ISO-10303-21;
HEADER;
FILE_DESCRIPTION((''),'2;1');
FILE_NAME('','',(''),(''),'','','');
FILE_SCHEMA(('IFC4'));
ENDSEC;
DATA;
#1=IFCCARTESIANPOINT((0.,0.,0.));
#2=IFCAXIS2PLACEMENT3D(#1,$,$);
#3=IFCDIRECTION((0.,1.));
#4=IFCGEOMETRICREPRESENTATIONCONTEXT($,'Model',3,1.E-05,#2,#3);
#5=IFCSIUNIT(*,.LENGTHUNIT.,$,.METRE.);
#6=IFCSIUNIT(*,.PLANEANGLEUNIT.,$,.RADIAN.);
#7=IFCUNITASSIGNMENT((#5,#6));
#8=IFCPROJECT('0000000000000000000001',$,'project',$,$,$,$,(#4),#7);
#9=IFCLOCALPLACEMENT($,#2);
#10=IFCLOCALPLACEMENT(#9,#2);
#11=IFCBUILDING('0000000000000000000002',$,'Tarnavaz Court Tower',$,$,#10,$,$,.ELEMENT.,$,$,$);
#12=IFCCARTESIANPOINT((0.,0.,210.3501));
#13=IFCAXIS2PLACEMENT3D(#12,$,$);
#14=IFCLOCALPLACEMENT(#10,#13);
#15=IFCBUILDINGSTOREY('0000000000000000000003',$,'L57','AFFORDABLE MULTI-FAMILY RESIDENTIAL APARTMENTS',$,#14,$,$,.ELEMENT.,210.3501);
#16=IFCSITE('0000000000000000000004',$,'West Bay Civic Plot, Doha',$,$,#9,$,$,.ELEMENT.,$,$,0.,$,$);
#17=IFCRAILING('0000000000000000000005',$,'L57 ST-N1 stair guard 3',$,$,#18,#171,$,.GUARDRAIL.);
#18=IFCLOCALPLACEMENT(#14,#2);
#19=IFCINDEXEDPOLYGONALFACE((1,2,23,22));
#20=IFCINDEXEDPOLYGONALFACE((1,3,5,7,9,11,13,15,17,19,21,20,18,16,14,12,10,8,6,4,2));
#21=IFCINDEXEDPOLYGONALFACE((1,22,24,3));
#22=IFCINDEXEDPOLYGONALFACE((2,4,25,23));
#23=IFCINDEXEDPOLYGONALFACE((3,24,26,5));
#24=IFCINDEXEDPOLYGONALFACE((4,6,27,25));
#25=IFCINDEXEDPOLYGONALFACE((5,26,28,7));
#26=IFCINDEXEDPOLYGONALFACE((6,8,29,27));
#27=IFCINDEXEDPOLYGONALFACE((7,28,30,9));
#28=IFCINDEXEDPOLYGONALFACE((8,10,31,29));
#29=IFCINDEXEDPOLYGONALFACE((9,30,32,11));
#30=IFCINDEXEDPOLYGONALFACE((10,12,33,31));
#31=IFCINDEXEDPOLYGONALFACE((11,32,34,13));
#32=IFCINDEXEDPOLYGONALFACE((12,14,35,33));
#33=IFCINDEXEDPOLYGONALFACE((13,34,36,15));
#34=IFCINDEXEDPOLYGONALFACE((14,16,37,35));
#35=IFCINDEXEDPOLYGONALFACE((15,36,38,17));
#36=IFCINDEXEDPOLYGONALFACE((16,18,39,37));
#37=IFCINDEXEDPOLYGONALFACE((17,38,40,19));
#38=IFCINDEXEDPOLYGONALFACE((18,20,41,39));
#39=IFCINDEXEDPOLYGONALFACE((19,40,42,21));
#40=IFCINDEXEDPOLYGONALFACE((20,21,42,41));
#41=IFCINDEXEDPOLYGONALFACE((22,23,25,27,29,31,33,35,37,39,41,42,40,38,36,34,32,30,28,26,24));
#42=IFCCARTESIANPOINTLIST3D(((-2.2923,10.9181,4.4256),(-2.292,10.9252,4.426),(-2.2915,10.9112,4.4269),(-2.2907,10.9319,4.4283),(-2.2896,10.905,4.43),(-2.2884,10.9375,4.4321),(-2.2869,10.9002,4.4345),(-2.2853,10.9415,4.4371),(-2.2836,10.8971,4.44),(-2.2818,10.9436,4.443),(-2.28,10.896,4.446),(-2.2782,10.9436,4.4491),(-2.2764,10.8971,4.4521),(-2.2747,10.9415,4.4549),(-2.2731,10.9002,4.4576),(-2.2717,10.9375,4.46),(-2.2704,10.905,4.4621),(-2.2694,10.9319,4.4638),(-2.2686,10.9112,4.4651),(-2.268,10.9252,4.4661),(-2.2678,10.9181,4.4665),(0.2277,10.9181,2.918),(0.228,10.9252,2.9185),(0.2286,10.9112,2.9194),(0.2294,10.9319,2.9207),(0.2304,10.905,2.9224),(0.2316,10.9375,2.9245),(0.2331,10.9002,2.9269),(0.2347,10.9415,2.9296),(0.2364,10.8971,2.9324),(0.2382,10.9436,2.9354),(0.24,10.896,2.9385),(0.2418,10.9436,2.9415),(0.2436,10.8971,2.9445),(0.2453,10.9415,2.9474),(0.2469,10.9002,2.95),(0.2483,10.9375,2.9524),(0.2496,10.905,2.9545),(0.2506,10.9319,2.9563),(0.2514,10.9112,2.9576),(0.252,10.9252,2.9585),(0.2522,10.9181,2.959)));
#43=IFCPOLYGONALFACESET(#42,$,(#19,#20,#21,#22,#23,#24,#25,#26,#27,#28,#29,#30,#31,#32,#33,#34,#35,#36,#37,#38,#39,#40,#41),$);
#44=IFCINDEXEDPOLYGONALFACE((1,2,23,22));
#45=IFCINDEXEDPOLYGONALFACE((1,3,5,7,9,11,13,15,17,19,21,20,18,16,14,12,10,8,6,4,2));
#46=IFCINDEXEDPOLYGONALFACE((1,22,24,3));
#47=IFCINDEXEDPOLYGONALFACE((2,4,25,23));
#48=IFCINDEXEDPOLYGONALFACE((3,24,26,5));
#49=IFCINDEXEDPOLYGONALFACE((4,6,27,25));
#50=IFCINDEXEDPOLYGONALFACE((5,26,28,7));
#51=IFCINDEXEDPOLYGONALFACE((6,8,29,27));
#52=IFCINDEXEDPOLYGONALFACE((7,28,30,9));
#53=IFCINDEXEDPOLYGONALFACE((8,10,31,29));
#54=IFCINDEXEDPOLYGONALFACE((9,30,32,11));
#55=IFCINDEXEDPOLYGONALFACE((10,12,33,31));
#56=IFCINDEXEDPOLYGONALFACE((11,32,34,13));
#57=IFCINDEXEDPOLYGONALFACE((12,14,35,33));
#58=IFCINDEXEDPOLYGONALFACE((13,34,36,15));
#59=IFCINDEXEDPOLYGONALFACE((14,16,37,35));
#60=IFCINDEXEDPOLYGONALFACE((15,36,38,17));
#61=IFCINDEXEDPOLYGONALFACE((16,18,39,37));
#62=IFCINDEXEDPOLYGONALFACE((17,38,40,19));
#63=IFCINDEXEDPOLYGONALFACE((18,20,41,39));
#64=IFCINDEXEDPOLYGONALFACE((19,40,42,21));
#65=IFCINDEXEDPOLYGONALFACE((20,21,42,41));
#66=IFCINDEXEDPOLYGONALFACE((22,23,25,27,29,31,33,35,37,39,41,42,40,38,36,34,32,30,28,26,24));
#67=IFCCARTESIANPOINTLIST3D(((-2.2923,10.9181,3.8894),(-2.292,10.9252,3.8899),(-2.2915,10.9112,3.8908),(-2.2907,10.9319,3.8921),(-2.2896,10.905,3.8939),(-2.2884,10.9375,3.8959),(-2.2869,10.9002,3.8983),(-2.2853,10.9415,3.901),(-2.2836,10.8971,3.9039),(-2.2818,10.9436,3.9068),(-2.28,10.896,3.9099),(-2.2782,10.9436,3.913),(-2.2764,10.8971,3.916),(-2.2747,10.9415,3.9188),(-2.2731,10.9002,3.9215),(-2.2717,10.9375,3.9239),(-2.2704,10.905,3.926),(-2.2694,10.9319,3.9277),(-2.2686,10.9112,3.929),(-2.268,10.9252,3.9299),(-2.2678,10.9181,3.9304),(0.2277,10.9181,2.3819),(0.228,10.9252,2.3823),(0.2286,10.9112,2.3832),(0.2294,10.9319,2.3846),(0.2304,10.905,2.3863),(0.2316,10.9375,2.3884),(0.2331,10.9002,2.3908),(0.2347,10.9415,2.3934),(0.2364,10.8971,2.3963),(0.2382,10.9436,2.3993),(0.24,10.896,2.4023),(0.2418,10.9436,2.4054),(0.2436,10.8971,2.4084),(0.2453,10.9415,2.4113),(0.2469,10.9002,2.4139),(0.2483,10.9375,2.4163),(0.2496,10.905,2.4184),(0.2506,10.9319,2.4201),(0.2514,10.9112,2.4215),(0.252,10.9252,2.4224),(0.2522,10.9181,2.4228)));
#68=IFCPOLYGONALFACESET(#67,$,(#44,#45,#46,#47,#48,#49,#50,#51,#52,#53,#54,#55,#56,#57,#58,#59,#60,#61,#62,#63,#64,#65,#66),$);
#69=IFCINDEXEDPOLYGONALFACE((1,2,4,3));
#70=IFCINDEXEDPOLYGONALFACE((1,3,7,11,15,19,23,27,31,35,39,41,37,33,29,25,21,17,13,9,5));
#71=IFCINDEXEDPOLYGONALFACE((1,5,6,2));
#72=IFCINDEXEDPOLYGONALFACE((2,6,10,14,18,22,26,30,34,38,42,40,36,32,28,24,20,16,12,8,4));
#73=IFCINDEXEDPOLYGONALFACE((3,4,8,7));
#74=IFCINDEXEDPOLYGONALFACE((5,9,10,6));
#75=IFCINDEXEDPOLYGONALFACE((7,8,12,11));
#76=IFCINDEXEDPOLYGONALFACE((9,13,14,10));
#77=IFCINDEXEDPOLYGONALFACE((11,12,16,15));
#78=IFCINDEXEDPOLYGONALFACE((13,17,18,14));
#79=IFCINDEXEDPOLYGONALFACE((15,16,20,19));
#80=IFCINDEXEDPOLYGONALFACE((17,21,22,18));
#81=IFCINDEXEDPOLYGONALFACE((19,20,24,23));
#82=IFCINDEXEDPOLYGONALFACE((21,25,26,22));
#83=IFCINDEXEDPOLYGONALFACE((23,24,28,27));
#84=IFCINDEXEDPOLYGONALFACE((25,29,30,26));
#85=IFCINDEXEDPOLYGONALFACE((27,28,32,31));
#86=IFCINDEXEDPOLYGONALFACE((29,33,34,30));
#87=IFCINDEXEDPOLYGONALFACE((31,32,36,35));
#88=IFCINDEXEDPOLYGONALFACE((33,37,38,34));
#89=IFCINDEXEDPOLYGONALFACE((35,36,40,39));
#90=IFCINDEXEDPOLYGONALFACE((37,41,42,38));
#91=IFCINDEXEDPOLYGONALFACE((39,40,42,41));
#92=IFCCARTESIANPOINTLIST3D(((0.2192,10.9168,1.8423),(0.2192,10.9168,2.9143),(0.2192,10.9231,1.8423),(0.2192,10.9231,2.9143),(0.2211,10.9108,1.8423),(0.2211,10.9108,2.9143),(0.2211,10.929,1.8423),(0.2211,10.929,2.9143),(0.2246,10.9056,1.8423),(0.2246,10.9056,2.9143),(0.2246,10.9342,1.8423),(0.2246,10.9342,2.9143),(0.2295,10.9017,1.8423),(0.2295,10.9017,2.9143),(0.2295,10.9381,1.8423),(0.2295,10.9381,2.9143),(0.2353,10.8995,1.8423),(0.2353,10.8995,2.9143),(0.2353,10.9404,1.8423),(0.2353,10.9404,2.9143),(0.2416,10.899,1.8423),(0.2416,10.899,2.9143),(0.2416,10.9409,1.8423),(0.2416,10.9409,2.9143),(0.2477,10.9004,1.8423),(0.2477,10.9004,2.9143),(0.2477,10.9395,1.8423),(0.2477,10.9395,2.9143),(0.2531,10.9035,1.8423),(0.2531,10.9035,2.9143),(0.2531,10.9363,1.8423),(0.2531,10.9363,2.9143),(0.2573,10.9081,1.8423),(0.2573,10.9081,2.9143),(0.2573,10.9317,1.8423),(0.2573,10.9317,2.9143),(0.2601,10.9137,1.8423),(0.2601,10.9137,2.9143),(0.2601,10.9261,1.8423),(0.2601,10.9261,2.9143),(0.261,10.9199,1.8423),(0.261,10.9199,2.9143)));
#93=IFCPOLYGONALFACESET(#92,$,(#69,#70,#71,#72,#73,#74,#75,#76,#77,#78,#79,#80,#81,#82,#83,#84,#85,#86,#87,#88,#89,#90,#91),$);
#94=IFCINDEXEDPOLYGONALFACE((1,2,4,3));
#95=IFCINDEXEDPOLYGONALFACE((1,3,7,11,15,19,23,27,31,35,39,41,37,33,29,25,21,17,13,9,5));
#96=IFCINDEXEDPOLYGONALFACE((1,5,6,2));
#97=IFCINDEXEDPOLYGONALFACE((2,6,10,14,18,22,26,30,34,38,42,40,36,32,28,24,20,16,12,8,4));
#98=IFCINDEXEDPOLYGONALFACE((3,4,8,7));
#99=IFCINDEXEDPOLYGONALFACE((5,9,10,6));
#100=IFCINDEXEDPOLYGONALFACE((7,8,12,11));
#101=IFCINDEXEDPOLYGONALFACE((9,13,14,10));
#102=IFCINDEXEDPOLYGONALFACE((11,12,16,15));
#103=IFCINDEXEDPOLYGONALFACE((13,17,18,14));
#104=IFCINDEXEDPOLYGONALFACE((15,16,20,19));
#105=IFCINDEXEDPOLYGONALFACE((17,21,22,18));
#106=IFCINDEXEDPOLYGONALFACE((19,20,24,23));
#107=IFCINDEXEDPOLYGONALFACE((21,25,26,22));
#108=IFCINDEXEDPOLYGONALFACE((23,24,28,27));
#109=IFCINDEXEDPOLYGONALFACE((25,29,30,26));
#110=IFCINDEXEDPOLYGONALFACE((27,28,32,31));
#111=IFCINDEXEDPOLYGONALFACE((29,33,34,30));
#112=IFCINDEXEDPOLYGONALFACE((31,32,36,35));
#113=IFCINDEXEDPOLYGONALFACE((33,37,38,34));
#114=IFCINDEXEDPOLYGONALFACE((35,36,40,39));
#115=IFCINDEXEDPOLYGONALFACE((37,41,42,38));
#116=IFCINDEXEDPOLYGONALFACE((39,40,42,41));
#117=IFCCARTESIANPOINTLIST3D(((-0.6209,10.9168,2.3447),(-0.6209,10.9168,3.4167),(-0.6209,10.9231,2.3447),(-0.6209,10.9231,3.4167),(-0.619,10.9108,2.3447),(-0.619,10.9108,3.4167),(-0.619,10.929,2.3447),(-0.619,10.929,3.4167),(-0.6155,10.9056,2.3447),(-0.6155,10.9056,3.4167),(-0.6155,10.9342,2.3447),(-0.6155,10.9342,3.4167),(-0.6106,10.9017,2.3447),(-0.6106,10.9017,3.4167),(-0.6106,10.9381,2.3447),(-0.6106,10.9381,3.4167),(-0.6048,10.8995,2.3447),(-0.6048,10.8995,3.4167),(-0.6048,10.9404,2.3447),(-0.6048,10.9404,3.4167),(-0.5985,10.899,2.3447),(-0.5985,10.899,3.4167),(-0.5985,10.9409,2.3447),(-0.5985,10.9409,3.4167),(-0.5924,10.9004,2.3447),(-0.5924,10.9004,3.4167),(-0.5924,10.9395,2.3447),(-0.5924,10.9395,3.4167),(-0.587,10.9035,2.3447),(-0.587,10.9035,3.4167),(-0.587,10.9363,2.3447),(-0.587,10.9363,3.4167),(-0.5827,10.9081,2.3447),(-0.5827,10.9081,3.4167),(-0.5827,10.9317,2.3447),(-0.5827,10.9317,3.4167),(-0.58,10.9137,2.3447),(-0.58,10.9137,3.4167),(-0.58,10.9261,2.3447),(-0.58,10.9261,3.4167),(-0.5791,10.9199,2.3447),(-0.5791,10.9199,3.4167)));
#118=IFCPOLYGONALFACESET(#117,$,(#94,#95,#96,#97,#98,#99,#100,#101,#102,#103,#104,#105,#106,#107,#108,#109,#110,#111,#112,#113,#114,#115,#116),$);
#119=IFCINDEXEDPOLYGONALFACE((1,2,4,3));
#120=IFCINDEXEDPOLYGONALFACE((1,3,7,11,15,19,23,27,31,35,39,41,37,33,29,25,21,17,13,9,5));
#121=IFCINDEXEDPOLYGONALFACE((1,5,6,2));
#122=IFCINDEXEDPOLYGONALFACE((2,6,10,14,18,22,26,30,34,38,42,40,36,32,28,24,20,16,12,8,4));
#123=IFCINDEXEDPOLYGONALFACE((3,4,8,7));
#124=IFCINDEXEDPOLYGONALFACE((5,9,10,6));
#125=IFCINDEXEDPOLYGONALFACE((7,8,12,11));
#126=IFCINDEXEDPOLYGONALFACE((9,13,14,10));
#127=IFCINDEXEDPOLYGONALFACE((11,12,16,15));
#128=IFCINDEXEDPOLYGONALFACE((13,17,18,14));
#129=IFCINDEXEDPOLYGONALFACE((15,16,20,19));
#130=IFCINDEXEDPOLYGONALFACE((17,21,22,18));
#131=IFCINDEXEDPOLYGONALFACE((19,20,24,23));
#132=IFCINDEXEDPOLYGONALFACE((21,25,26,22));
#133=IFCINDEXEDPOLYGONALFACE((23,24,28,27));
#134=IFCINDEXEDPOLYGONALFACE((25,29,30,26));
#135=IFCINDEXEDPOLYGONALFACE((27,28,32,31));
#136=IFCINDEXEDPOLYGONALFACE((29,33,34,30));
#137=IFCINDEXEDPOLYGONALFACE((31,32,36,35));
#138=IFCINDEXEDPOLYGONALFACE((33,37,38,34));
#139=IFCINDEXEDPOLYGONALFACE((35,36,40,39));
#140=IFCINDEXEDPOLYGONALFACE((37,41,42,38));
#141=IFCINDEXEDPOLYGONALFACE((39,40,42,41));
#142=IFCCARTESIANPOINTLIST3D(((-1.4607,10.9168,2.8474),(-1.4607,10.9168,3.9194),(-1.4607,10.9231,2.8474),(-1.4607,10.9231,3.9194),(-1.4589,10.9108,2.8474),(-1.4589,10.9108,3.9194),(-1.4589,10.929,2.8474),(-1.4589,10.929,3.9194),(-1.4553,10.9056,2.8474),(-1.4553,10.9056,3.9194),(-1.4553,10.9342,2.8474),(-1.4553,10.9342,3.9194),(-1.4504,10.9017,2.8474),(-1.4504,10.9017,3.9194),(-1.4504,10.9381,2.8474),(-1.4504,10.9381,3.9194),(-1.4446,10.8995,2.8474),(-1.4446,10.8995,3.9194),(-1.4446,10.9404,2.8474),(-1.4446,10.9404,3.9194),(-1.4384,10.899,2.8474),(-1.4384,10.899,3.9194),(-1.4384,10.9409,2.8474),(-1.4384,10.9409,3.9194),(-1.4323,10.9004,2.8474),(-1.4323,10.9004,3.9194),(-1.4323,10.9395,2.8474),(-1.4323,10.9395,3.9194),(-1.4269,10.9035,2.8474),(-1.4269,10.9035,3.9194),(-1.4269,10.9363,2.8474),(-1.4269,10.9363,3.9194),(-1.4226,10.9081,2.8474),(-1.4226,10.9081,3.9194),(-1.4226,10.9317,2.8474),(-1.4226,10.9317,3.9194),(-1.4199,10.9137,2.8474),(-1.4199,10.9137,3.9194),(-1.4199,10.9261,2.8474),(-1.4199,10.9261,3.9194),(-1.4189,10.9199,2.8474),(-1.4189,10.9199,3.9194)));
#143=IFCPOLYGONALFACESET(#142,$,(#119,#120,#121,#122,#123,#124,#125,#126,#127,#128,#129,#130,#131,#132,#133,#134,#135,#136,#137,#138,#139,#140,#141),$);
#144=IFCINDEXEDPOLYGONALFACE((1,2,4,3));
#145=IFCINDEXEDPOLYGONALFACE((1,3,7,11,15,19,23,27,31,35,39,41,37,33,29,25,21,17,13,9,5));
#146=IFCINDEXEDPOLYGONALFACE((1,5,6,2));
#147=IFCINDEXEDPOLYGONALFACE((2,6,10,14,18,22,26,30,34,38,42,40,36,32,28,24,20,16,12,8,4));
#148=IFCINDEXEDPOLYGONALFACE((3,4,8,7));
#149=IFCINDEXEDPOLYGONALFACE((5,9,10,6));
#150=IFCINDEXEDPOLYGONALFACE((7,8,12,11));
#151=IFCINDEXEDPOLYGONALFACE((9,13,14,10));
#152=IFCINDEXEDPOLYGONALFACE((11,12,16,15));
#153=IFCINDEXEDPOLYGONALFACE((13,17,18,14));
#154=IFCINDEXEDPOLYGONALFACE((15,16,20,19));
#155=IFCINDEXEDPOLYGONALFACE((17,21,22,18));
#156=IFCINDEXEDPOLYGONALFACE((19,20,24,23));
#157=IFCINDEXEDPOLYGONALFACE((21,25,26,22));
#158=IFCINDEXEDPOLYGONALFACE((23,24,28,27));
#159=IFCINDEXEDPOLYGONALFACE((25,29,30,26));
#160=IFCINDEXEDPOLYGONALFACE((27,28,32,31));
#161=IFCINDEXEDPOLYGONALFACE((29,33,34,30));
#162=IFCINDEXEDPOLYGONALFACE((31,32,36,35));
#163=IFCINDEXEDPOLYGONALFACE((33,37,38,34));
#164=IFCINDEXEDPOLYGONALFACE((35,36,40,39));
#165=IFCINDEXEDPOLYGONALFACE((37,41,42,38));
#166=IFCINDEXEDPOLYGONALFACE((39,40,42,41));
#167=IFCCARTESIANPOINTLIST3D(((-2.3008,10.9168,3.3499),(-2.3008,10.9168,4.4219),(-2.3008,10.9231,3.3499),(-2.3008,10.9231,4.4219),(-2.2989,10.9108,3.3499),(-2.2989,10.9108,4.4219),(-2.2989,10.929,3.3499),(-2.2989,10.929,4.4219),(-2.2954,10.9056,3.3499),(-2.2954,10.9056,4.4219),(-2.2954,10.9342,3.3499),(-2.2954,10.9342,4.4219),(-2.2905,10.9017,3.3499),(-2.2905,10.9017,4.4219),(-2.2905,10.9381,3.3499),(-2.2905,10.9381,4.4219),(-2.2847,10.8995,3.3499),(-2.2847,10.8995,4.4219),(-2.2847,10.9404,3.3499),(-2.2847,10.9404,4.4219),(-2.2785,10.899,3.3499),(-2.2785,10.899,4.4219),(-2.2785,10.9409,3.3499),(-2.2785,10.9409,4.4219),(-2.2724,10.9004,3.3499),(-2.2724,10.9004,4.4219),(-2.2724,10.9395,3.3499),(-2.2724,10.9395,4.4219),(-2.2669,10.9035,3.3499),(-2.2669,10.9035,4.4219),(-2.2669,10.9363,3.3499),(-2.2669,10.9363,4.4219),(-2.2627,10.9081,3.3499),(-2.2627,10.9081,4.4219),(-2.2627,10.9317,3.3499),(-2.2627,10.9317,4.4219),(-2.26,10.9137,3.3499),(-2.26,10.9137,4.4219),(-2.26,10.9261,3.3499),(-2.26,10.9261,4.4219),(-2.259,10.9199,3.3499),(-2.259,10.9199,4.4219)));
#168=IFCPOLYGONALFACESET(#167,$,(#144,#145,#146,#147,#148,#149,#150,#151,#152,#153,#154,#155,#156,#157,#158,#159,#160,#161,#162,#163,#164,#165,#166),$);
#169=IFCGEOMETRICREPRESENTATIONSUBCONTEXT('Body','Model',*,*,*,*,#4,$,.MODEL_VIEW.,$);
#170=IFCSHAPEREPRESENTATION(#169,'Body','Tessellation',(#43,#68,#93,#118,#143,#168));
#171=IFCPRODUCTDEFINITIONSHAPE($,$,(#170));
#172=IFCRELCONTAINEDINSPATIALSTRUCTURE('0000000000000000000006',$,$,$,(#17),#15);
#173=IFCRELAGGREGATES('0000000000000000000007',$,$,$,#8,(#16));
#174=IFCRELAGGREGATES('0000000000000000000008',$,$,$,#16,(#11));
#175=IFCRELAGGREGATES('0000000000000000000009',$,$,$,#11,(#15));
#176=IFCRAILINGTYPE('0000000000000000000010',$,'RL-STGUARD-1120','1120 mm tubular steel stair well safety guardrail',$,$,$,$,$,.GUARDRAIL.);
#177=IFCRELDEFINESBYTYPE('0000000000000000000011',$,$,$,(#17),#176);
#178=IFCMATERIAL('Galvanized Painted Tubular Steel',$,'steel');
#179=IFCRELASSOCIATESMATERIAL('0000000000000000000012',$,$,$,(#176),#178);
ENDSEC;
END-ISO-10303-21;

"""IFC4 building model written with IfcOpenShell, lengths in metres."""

from ifc_helpers import new_model, si_unit, direction, frame, origin, origin_2d, place, context, subcontext, project, spatial, circle, extrude, material, type_object, element, save


model = new_model("IFC4")

# Units and contexts
model_context = context("Model", 3, precision=1e-05, world=origin(), true_north=direction((0.0, 1.0)))
body_context = subcontext(model_context, "Body", "Model", "MODEL_VIEW")
ifc_project = project(units=[si_unit("LENGTHUNIT", "METRE"), si_unit("PLANEANGLEUNIT", "RADIAN")], contexts=[model_context])

# Site, building, storey
site_placement = place(None, origin())
site = spatial("IfcSite", under=ifc_project, at=site_placement, Name="West Bay Civic Plot, Doha", CompositionType="ELEMENT", RefElevation=0.0)
building_placement = place(site_placement, origin())
building = spatial("IfcBuilding", under=site, at=building_placement, Name="Tarnavaz Court Tower", CompositionType="ELEMENT")
storey_placement = place(building_placement, frame((0.0, 0.0, 210.3501)))
storey = spatial("IfcBuildingStorey", under=building, at=storey_placement, Name="L57", Description="AFFORDABLE MULTI-FAMILY RESIDENTIAL APARTMENTS", CompositionType="ELEMENT", Elevation=210.3501)

# Railing
ifc_material_1 = material(Name="Galvanized Painted Tubular Steel", Category="steel")
railing_type_1 = type_object("IfcRailingType", Name="RL-STGUARD-1120", Description="1120 mm tubular steel stair well safety guardrail", PredefinedType="GUARDRAIL", material=ifc_material_1)
railing_1_placement = place(storey_placement, frame((0.24, 10.9199, 1.8423)))
element("IfcRailing", 1, at=railing_1_placement, inside=storey, type_object=railing_type_1, Name="L57 ST-N1 stair guard 3", PredefinedType="GUARDRAIL", context=body_context, shape_type="SweptSolid", body=[
    extrude(circle(Radius=0.0239, at=origin_2d()), frame((0.0, 0.0, 1.0962), z_axis=(-0.85816, 0.0, 0.513383), x_axis=(0.0, -1.0, 0.0)), (0.0, 0.0, 1.0), 2.9365),
    extrude(circle(Radius=0.0239, at=origin_2d()), frame((0.0, 0.0, 0.5601), z_axis=(-0.85816, 0.0, 0.513383), x_axis=(0.0, -1.0, 0.0)), (0.0, 0.0, 1.0), 2.9365),
    extrude(circle(Radius=0.021, at=origin_2d()), origin(), (0.0, 0.0, 1.0), 1.072),
    extrude(circle(Radius=0.021, at=origin_2d()), frame((-0.8401, 0.0, 0.5024)), (0.0, 0.0, 1.0), 1.072),
    extrude(circle(Radius=0.021, at=origin_2d()), frame((-1.6799, 0.0, 1.0051)), (0.0, 0.0, 1.0), 1.072),
    extrude(circle(Radius=0.021, at=origin_2d()), frame((-2.52, 0.0, 1.5076)), (0.0, 0.0, 1.0), 1.072),
])

save(model, "model.ifc")
